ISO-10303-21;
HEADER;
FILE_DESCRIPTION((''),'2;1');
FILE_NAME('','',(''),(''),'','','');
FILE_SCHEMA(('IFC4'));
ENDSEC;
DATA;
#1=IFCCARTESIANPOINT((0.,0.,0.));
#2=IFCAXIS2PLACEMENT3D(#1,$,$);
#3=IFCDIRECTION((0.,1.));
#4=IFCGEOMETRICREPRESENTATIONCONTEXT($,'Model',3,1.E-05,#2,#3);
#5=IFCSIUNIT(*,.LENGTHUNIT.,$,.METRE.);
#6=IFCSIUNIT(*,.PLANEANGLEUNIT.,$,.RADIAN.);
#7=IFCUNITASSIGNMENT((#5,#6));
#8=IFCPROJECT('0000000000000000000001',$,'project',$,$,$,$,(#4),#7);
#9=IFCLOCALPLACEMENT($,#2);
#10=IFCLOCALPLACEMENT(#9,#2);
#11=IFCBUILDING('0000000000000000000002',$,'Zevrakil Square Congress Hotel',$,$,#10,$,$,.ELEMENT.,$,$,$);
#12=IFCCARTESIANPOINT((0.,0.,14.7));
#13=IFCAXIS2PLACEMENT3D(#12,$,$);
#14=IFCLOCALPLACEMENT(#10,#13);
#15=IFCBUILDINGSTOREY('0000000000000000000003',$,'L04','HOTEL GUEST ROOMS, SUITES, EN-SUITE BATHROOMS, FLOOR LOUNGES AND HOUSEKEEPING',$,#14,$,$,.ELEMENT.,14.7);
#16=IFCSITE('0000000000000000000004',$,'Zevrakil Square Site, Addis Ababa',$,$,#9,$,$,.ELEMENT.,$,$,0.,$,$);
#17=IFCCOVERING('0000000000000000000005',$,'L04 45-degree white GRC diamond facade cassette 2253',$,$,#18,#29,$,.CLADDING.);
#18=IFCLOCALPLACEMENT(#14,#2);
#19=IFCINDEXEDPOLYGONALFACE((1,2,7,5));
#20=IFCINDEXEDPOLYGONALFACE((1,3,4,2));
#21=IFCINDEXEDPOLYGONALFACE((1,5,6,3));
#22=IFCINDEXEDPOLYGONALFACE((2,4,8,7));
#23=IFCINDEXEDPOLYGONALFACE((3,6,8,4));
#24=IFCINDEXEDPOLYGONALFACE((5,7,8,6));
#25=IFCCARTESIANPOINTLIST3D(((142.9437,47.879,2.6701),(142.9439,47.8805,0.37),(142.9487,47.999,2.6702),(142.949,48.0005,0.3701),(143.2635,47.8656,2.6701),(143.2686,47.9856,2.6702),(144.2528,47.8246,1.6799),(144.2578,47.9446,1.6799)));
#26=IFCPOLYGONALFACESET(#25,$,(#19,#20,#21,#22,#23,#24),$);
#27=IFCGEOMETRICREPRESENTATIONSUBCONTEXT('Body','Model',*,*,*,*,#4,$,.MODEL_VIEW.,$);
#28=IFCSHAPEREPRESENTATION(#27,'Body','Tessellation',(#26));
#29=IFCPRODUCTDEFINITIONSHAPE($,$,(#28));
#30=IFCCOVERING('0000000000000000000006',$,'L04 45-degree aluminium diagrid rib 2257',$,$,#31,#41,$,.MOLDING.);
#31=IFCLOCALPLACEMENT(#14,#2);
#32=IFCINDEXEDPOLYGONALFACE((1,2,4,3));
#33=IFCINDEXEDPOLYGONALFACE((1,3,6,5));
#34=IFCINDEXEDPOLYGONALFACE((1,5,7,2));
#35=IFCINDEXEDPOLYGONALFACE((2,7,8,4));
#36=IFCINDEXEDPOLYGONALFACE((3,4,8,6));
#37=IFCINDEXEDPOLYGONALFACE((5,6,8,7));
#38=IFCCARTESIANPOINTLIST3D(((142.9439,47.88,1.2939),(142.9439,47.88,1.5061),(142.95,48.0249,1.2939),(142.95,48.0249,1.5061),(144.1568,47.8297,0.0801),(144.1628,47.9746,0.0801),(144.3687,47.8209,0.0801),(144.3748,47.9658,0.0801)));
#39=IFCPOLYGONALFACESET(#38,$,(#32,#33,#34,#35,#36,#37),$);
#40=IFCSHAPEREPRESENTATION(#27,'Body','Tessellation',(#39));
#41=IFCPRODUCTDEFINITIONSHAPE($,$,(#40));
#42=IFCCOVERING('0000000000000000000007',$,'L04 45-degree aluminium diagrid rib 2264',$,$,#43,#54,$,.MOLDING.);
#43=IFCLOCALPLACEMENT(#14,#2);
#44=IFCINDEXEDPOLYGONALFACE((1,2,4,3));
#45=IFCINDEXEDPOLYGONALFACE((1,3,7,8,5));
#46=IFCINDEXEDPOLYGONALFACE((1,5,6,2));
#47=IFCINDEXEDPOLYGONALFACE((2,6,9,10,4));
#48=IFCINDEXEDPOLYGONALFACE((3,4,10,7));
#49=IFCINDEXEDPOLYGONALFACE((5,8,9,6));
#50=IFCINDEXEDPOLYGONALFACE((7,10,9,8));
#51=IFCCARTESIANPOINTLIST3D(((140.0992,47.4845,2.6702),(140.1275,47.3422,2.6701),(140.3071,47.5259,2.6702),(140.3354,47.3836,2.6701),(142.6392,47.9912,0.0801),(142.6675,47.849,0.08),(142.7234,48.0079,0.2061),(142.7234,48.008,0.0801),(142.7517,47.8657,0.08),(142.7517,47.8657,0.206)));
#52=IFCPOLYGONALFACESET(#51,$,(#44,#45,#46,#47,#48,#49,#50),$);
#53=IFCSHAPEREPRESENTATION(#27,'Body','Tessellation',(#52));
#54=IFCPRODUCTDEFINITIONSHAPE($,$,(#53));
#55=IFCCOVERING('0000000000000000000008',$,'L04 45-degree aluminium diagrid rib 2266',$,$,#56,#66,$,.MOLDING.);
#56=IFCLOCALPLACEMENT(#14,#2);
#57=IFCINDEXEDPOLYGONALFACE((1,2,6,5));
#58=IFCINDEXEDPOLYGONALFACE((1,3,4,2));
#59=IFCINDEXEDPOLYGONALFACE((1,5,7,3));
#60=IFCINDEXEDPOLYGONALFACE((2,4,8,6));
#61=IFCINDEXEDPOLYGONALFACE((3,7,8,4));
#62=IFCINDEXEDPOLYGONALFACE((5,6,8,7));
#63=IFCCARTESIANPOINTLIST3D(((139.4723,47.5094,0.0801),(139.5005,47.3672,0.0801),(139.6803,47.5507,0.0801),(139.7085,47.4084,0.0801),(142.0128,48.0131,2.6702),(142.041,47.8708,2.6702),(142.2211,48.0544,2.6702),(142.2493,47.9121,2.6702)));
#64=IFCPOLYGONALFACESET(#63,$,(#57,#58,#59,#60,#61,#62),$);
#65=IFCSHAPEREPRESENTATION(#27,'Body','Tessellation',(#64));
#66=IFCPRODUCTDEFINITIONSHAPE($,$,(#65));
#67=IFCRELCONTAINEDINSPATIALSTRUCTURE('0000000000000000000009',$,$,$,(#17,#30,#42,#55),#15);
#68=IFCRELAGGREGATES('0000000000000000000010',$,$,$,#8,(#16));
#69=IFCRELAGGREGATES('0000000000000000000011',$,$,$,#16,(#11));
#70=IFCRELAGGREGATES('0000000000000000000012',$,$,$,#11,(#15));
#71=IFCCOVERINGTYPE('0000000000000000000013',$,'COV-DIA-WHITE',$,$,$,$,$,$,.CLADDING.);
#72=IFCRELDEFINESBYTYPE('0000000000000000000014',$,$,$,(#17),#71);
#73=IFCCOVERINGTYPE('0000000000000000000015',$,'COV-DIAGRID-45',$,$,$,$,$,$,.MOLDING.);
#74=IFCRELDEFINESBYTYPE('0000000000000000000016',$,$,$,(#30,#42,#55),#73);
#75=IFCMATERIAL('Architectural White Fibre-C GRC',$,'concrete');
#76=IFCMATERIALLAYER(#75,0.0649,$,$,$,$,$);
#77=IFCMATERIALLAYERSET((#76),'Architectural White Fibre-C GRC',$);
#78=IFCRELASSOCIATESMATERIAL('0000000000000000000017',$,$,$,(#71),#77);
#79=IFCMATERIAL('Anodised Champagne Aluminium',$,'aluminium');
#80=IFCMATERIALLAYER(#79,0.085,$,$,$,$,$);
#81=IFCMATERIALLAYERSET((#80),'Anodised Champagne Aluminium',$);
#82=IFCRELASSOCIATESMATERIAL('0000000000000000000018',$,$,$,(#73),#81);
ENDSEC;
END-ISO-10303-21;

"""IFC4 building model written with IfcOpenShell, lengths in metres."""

from ifc_helpers import new_model, si_unit, direction, frame, origin, place, context, subcontext, project, spatial, polyline, outline, extrude, material, layer, layer_set, type_object, element, save


model = new_model("IFC4")

# Units and contexts
model_context = context("Model", 3, precision=1e-05, world=origin(), true_north=direction((0.0, 1.0)))
body_context = subcontext(model_context, "Body", "Model", "MODEL_VIEW")
ifc_project = project(units=[si_unit("LENGTHUNIT", "METRE"), si_unit("PLANEANGLEUNIT", "RADIAN")], contexts=[model_context])

# Site, building, storey
site_placement = place(None, origin())
site = spatial("IfcSite", under=ifc_project, at=site_placement, Name="Zevrakil Square Site, Addis Ababa", CompositionType="ELEMENT", RefElevation=0.0)
building_placement = place(site_placement, origin())
building = spatial("IfcBuilding", under=site, at=building_placement, Name="Zevrakil Square Congress Hotel", CompositionType="ELEMENT")
storey_placement = place(building_placement, frame((0.0, 0.0, 14.7)))
storey = spatial("IfcBuildingStorey", under=building, at=storey_placement, Name="L04", Description="HOTEL GUEST ROOMS, SUITES, EN-SUITE BATHROOMS, FLOOR LOUNGES AND HOUSEKEEPING", CompositionType="ELEMENT", Elevation=14.7)

# Coverings
ifc_material_1 = material(Name="Architectural White Fibre-C GRC", Category="concrete")
ifc_layer_1 = layer(ifc_material_1, 0.0649)
ifc_layer_set_1 = layer_set([ifc_layer_1], Name="Architectural White Fibre-C GRC")
covering_type_1 = type_object("IfcCoveringType", Name="COV-DIA-WHITE", PredefinedType="CLADDING", material=ifc_layer_set_1)
covering_1_placement = place(storey_placement, frame((144.2578, 47.9446, 1.6799), z_axis=(0.042028, 0.999116, 0.00063), x_axis=(-0.706455, 0.029272, 0.707152)))
element("IfcCovering", 1, at=covering_1_placement, inside=storey, type_object=covering_type_1, Name="L04 45-degree white GRC diamond facade cassette 2253", PredefinedType="CLADDING", context=body_context, shape_type="SweptSolid", body=[
    extrude(outline(polyline([(0.0, 0.0), (1.4003, 0.0), (1.6266, -0.2264), (0.0, -1.8525), (0.0, 0.0)])), origin(), (0.0, 0.0, -1.0), 0.1201),
])
ifc_material_2 = material(Name="Anodised Champagne Aluminium", Category="aluminium")
ifc_layer_2 = layer(ifc_material_2, 0.085)
ifc_layer_set_2 = layer_set([ifc_layer_2], Name="Anodised Champagne Aluminium")
covering_type_2 = type_object("IfcCoveringType", Name="COV-DIAGRID-45", PredefinedType="MOLDING", material=ifc_layer_set_2)
covering_2_placement = place(storey_placement, frame((144.1628, 47.9746, 0.0801), z_axis=(0.041435, 0.999141, 0.000004), x_axis=(0.999141, -0.041435, 0.0)))
element("IfcCovering", 2, at=covering_2_placement, inside=storey, type_object=covering_type_2, Name="L04 45-degree aluminium diagrid rib 2257", PredefinedType="MOLDING", context=body_context, shape_type="SweptSolid", body=[
    extrude(outline(polyline([(0.0, 0.0), (0.2121, 0.0), (-1.2139, -1.426), (-1.2139, -1.2139), (0.0, 0.0)])), origin(), (0.0, 0.0, -1.0), 0.145),
])
covering_3_placement = place(storey_placement, frame((142.6392, 47.9912, 0.0801), z_axis=(-0.195209, 0.980762, 0.000446), x_axis=(0.980762, 0.195209, 0.0)))
element("IfcCovering", 3, at=covering_3_placement, inside=storey, type_object=covering_type_2, Name="L04 45-degree aluminium diagrid rib 2264", PredefinedType="MOLDING", context=body_context, shape_type="SweptSolid", body=[
    extrude(outline(polyline([(0.0, 0.0), (0.0859, 0.0), (0.0859, -0.126), (-2.378, -2.5901), (-2.5901, -2.5901), (0.0, 0.0)])), origin(), (0.0, 0.0, -1.0), 0.145),
])
covering_4_placement = place(storey_placement, frame((142.2493, 47.9121, 2.6702), z_axis=(0.194456, -0.980911, 0.000001), x_axis=(-0.980911, -0.194456, 0.0)))
element("IfcCovering", 4, at=covering_4_placement, inside=storey, type_object=covering_type_2, Name="L04 45-degree aluminium diagrid rib 2266", PredefinedType="MOLDING", context=body_context, shape_type="SweptSolid", body=[
    extrude(outline(polyline([(0.0, 0.0), (0.2123, 0.0), (2.8023, 2.5901), (2.5902, 2.5901), (0.0, 0.0)])), origin(), (0.0, 0.0, -1.0), 0.145),
])

save(model, "model.ifc")
